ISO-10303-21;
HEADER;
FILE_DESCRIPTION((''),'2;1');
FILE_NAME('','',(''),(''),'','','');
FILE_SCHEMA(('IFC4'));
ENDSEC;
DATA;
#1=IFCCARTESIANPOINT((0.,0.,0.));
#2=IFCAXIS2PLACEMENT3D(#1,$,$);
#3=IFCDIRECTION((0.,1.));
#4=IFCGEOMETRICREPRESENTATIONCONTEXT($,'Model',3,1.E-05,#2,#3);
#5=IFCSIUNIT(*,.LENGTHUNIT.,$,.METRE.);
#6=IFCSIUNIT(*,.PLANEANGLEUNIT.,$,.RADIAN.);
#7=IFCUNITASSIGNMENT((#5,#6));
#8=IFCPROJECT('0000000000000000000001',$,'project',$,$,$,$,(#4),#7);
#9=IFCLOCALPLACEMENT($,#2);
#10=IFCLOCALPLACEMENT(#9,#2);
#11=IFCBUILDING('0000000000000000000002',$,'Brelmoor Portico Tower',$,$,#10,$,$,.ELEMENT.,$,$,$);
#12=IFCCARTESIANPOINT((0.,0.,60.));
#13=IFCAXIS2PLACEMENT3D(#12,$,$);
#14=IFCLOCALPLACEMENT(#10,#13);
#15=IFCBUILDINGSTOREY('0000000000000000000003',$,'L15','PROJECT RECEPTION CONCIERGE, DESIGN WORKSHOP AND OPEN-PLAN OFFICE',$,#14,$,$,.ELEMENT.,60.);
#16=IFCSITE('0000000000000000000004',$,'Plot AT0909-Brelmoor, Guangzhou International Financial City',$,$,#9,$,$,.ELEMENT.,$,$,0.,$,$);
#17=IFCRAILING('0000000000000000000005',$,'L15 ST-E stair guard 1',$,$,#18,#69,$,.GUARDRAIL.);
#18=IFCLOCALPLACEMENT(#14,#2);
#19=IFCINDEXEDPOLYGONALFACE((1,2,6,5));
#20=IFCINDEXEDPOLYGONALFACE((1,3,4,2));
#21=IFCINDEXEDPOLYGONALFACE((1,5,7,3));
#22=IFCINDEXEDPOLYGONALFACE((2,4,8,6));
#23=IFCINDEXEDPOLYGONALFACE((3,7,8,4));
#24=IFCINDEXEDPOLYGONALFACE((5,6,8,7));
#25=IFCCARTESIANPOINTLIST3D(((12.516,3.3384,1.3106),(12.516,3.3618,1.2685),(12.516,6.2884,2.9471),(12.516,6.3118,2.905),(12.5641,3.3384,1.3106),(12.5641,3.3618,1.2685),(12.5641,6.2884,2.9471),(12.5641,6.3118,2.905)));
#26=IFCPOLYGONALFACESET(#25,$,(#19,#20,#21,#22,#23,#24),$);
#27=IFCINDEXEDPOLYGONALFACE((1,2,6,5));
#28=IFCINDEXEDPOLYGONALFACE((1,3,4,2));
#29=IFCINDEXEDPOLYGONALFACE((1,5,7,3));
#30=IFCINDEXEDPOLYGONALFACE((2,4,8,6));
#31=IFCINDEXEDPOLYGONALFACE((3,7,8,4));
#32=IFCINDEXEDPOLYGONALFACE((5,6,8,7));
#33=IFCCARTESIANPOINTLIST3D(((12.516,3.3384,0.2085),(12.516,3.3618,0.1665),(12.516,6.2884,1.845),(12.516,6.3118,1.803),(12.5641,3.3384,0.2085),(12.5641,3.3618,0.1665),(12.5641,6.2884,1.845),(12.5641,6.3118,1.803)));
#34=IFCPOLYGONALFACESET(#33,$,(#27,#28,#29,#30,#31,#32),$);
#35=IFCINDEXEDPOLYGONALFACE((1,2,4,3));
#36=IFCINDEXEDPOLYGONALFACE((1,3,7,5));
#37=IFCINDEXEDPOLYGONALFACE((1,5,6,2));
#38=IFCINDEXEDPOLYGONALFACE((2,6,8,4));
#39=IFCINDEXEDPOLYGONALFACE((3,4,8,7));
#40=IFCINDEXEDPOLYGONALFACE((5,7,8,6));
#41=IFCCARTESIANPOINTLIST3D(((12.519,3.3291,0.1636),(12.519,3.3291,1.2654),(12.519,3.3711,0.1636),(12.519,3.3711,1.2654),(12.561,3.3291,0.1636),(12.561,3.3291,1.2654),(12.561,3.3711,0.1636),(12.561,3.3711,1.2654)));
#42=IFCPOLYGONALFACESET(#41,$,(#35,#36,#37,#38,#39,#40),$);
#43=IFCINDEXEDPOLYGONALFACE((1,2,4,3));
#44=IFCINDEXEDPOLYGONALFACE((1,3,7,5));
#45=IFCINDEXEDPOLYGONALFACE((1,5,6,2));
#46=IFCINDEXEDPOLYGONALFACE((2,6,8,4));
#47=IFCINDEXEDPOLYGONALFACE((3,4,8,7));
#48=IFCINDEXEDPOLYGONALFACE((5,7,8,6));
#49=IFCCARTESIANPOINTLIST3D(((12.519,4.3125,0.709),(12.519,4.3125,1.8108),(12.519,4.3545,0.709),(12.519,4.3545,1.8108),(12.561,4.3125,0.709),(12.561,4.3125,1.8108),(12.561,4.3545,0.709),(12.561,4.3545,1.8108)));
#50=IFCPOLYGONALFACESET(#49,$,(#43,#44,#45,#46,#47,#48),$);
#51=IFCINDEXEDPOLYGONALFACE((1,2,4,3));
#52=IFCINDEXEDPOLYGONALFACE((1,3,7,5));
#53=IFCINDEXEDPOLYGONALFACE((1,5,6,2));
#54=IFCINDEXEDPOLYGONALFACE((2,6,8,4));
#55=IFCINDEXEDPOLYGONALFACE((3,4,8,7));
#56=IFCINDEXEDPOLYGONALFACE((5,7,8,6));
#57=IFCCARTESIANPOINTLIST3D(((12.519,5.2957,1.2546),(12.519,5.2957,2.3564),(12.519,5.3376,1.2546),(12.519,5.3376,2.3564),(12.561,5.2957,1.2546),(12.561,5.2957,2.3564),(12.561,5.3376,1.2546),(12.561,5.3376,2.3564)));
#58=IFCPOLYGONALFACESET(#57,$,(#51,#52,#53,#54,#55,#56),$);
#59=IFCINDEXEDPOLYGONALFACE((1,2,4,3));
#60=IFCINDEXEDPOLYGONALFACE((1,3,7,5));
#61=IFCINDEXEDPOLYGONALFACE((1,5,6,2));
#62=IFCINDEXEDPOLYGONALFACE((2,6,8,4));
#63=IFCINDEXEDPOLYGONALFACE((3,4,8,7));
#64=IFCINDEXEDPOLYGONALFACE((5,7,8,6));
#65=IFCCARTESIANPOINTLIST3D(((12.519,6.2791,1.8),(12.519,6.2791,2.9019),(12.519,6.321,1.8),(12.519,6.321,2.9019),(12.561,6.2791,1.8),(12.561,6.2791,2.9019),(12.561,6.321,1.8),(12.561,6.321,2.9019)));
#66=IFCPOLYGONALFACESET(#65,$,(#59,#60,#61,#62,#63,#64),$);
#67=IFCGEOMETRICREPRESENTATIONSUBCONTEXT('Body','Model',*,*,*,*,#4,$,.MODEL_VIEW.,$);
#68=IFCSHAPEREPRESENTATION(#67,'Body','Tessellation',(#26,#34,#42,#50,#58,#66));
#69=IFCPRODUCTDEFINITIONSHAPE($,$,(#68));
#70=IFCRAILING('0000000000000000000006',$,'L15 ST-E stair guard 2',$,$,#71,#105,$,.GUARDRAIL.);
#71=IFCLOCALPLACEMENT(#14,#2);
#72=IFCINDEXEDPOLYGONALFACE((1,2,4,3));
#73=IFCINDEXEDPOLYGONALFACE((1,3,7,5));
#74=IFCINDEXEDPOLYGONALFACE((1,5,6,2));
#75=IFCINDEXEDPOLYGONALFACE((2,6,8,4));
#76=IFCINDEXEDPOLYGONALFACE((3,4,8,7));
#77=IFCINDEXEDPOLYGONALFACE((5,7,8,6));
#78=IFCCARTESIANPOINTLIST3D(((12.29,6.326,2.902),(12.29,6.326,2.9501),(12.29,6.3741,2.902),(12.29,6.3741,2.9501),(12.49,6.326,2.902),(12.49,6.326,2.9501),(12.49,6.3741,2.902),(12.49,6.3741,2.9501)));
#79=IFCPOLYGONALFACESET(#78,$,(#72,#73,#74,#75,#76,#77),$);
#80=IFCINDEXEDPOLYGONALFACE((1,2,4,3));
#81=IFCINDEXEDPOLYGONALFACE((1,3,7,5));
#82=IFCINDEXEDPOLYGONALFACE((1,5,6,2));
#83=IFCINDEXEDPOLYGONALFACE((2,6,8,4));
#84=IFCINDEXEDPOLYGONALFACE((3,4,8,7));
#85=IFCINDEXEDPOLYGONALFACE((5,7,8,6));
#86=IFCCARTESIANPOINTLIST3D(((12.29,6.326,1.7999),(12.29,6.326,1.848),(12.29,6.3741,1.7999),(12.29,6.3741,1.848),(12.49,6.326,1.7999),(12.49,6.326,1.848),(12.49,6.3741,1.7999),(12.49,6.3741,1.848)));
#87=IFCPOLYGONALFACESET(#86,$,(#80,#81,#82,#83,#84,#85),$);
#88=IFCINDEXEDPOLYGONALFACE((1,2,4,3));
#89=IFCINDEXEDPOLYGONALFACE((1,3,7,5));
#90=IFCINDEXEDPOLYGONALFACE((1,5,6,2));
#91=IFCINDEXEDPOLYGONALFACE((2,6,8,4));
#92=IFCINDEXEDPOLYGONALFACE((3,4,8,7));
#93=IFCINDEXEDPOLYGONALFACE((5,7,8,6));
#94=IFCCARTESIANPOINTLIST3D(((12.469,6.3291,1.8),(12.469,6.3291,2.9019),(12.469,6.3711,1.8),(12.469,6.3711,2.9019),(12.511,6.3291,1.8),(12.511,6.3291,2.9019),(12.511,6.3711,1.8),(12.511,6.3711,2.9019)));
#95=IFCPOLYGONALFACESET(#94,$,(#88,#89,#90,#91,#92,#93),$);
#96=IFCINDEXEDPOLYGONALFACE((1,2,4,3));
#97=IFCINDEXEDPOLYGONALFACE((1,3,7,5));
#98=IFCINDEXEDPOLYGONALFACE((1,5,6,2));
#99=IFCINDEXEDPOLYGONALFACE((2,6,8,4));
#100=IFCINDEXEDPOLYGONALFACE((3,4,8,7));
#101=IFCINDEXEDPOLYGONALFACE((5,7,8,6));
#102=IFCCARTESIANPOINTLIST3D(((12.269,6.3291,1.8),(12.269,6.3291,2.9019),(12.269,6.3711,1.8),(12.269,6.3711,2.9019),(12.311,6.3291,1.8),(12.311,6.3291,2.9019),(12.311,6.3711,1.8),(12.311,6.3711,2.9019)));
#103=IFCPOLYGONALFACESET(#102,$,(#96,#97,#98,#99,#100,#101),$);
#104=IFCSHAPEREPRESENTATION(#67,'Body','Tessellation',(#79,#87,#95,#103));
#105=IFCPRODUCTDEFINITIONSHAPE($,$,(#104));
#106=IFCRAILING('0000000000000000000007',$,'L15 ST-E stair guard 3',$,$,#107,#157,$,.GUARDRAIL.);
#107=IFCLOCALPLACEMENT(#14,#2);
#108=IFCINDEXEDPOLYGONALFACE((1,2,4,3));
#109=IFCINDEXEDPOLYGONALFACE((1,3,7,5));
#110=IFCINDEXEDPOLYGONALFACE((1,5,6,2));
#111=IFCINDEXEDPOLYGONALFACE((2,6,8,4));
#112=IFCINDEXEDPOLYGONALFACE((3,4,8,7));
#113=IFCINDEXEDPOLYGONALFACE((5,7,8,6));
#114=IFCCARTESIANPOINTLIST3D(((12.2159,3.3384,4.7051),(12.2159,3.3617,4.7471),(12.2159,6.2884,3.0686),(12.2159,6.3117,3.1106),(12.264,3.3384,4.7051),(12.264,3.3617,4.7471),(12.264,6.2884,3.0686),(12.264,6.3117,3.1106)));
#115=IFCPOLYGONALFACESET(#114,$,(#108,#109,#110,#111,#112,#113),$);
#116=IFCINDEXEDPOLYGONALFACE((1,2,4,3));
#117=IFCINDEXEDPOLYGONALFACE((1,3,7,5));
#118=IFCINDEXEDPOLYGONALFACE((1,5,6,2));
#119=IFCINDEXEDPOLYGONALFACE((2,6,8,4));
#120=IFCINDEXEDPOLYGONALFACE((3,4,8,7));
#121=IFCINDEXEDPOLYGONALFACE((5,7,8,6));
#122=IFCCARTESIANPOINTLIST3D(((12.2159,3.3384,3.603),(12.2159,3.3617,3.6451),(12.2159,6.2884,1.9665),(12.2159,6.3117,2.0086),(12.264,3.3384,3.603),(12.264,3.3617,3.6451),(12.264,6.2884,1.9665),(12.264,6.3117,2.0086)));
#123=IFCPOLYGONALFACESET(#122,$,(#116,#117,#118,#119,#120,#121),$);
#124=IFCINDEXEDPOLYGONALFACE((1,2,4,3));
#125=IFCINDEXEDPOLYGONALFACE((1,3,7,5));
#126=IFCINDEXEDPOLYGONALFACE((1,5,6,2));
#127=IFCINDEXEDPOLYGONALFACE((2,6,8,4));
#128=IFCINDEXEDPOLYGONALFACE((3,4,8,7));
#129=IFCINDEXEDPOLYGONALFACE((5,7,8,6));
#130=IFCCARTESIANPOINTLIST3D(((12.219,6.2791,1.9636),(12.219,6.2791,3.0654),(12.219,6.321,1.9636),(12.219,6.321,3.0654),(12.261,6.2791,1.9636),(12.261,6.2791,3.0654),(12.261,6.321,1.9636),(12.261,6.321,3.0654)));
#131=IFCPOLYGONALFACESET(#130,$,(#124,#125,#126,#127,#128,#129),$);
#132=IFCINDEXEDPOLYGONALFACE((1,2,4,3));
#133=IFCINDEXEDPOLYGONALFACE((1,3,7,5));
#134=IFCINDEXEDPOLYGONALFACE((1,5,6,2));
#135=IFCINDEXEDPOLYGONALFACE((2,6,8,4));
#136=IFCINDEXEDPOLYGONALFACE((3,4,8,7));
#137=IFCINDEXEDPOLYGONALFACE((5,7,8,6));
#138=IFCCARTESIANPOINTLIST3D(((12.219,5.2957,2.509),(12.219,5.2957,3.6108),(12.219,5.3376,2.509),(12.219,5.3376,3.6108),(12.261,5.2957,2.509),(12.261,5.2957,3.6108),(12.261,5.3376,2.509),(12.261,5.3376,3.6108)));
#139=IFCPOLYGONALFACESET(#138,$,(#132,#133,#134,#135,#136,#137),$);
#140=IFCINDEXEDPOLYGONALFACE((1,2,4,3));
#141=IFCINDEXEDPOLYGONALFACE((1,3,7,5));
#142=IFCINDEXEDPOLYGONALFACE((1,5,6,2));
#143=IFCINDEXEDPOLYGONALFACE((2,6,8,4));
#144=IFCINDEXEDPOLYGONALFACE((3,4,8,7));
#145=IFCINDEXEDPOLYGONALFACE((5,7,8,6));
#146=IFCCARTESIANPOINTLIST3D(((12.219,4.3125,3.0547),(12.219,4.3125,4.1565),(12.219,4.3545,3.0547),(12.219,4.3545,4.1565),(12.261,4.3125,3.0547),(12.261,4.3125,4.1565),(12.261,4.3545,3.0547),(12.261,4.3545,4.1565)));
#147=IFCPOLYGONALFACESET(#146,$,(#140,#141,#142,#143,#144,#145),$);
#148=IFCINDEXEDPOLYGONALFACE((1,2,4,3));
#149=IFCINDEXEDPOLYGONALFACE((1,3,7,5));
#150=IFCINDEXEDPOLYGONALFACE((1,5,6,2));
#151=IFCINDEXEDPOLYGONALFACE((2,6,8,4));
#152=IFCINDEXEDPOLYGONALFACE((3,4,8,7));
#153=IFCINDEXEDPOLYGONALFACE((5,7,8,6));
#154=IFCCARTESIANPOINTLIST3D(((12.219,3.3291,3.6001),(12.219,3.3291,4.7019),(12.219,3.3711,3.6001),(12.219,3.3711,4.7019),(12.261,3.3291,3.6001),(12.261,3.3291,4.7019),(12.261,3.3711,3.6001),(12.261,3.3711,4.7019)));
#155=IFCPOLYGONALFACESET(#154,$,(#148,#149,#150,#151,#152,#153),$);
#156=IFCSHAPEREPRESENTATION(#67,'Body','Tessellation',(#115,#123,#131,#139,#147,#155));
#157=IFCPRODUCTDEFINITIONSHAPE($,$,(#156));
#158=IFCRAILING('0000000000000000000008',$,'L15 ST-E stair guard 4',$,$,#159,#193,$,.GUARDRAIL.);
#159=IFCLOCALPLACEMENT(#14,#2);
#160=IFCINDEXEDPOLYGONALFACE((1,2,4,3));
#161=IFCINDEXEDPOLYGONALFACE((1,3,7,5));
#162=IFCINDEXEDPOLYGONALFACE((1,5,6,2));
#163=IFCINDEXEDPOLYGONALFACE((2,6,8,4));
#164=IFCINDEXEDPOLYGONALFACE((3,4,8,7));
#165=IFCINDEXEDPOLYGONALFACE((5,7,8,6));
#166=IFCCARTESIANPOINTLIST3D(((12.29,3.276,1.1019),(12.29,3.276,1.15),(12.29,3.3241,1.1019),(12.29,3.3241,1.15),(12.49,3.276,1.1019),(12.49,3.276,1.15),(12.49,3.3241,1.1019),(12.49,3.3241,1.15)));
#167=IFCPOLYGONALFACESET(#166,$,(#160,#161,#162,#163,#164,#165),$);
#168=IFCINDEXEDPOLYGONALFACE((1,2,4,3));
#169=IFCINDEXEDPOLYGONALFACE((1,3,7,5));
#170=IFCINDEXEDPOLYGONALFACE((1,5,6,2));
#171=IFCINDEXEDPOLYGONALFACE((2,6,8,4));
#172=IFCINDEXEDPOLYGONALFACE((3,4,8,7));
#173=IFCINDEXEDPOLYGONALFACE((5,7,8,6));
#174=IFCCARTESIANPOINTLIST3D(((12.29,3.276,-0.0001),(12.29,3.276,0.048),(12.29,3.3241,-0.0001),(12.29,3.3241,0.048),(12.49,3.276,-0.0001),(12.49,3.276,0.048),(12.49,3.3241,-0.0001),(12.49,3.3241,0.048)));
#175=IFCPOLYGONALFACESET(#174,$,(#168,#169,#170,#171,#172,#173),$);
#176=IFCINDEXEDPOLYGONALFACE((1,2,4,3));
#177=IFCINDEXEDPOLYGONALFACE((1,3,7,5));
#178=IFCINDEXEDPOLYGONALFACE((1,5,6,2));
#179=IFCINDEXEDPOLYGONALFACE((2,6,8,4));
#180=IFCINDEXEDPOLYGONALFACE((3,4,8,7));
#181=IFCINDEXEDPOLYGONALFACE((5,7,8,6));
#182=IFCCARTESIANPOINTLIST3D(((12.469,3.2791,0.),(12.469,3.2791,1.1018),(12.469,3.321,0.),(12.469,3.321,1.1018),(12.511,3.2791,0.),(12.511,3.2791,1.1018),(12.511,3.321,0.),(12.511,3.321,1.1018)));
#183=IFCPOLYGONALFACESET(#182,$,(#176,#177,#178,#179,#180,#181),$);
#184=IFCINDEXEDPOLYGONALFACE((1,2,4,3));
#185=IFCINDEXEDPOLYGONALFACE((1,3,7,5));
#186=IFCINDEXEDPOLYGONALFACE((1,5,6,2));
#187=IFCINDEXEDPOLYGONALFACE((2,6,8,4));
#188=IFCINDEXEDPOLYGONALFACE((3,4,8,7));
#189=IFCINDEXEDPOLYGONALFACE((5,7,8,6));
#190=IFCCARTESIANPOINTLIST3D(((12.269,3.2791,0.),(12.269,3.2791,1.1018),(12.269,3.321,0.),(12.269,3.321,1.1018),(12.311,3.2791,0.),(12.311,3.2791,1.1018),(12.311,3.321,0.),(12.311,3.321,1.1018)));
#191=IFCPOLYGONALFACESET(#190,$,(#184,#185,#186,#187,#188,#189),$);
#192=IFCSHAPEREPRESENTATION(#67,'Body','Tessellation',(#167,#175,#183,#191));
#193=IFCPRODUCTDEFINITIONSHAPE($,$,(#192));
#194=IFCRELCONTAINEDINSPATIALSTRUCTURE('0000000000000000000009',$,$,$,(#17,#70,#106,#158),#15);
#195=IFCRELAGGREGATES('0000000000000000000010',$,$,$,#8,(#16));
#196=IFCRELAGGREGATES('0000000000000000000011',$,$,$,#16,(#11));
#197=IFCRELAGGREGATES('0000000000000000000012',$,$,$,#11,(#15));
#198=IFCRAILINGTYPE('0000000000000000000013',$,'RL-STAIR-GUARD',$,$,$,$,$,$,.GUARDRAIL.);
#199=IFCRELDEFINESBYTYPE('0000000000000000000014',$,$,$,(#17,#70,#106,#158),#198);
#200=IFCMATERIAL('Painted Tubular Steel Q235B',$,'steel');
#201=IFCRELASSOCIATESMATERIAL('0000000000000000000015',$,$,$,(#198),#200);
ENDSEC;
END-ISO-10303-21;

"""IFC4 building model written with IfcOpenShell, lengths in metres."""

from ifc_helpers import new_model, si_unit, direction, frame, origin, origin_2d, place, context, subcontext, project, spatial, rectangle, extrude, material, type_object, element, save


model = new_model("IFC4")

# Units and contexts
model_context = context("Model", 3, precision=1e-05, world=origin(), true_north=direction((0.0, 1.0)))
body_context = subcontext(model_context, "Body", "Model", "MODEL_VIEW")
ifc_project = project(units=[si_unit("LENGTHUNIT", "METRE"), si_unit("PLANEANGLEUNIT", "RADIAN")], contexts=[model_context])

# Site, building, storey
site_placement = place(None, origin())
site = spatial("IfcSite", under=ifc_project, at=site_placement, Name="Plot AT0909-Brelmoor, Guangzhou International Financial City", CompositionType="ELEMENT", RefElevation=0.0)
building_placement = place(site_placement, origin())
building = spatial("IfcBuilding", under=site, at=building_placement, Name="Brelmoor Portico Tower", CompositionType="ELEMENT")
storey_placement = place(building_placement, frame((0.0, 0.0, 60.0)))
storey = spatial("IfcBuildingStorey", under=building, at=storey_placement, Name="L15", Description="PROJECT RECEPTION CONCIERGE, DESIGN WORKSHOP AND OPEN-PLAN OFFICE", CompositionType="ELEMENT", Elevation=60.0)

# Railings
ifc_material_1 = material(Name="Painted Tubular Steel Q235B", Category="steel")
railing_type_1 = type_object("IfcRailingType", Name="RL-STAIR-GUARD", PredefinedType="GUARDRAIL", material=ifc_material_1)
railing_1_placement = place(storey_placement, frame((12.54, 3.3501, 0.1636)))
element("IfcRailing", 1, at=railing_1_placement, inside=storey, type_object=railing_type_1, Name="L15 ST-E stair guard 1", PredefinedType="GUARDRAIL", context=body_context, shape_type="SweptSolid", body=[
    extrude(rectangle(XDim=0.0481, YDim=0.0481, at=origin_2d()), frame((0.0, 0.0, 1.126), z_axis=(0.0, 0.874458, 0.485102), x_axis=(-1.0, 0.0, 0.0)), (0.0, 0.0, 1.0), 3.3735),
    extrude(rectangle(XDim=0.0481, YDim=0.0481, at=origin_2d()), frame((0.0, 0.0, 0.0239), z_axis=(0.0, 0.874458, 0.485102), x_axis=(-1.0, 0.0, 0.0)), (0.0, 0.0, 1.0), 3.3735),
    extrude(rectangle(XDim=0.042, YDim=0.042, at=origin_2d()), origin(), (0.0, 0.0, 1.0), 1.1018),
    extrude(rectangle(XDim=0.042, YDim=0.042, at=origin_2d()), frame((0.0, 0.9834, 0.5454)), (0.0, 0.0, 1.0), 1.1018),
    extrude(rectangle(XDim=0.042, YDim=0.042, at=origin_2d()), frame((0.0, 1.9666, 1.0911)), (0.0, 0.0, 1.0), 1.1018),
    extrude(rectangle(XDim=0.042, YDim=0.042, at=origin_2d()), frame((0.0, 2.95, 1.6365)), (0.0, 0.0, 1.0), 1.1018),
])
railing_2_placement = place(storey_placement, frame((12.49, 6.3501, 1.8)))
element("IfcRailing", 2, at=railing_2_placement, inside=storey, type_object=railing_type_1, Name="L15 ST-E stair guard 2", PredefinedType="GUARDRAIL", context=body_context, shape_type="SweptSolid", body=[
    extrude(rectangle(XDim=0.0481, YDim=0.0481, at=origin_2d()), frame((0.0, 0.0, 1.126), z_axis=(-1.0, 0.0, 0.0), x_axis=(0.0, -1.0, 0.0)), (0.0, 0.0, 1.0), 0.2),
    extrude(rectangle(XDim=0.0481, YDim=0.0481, at=origin_2d()), frame((0.0, 0.0, 0.0239), z_axis=(-1.0, 0.0, 0.0), x_axis=(0.0, -1.0, 0.0)), (0.0, 0.0, 1.0), 0.2),
    extrude(rectangle(XDim=0.042, YDim=0.042, at=origin_2d()), origin(), (0.0, 0.0, 1.0), 1.1018),
    extrude(rectangle(XDim=0.042, YDim=0.042, at=origin_2d()), frame((-0.2, 0.0, 0.0)), (0.0, 0.0, 1.0), 1.1018),
])
railing_3_placement = place(storey_placement, frame((12.24, 6.3, 1.9636)))
element("IfcRailing", 3, at=railing_3_placement, inside=storey, type_object=railing_type_1, Name="L15 ST-E stair guard 3", PredefinedType="GUARDRAIL", context=body_context, shape_type="SweptSolid", body=[
    extrude(rectangle(XDim=0.0481, YDim=0.0481, at=origin_2d()), frame((0.0, 0.0, 1.126), z_axis=(0.0, -0.874458, 0.485102), x_axis=(1.0, 0.0, 0.0)), (0.0, 0.0, 1.0), 3.3735),
    extrude(rectangle(XDim=0.0481, YDim=0.0481, at=origin_2d()), frame((0.0, 0.0, 0.0239), z_axis=(0.0, -0.874458, 0.485102), x_axis=(1.0, 0.0, 0.0)), (0.0, 0.0, 1.0), 3.3735),
    extrude(rectangle(XDim=0.042, YDim=0.042, at=origin_2d()), origin(), (0.0, 0.0, 1.0), 1.1018),
    extrude(rectangle(XDim=0.042, YDim=0.042, at=origin_2d()), frame((0.0, -0.9834, 0.5454)), (0.0, 0.0, 1.0), 1.1018),
    extrude(rectangle(XDim=0.042, YDim=0.042, at=origin_2d()), frame((0.0, -1.9666, 1.0911)), (0.0, 0.0, 1.0), 1.1018),
    extrude(rectangle(XDim=0.042, YDim=0.042, at=origin_2d()), frame((0.0, -2.95, 1.6365)), (0.0, 0.0, 1.0), 1.1018),
])
railing_4_placement = place(storey_placement, frame((12.49, 3.3, 0.0)))
element("IfcRailing", 4, at=railing_4_placement, inside=storey, type_object=railing_type_1, Name="L15 ST-E stair guard 4", PredefinedType="GUARDRAIL", context=body_context, shape_type="SweptSolid", body=[
    extrude(rectangle(XDim=0.0481, YDim=0.0481, at=origin_2d()), frame((0.0, 0.0, 1.126), z_axis=(-1.0, 0.0, 0.0), x_axis=(0.0, -1.0, 0.0)), (0.0, 0.0, 1.0), 0.2),
    extrude(rectangle(XDim=0.0481, YDim=0.0481, at=origin_2d()), frame((0.0, 0.0, 0.0239), z_axis=(-1.0, 0.0, 0.0), x_axis=(0.0, -1.0, 0.0)), (0.0, 0.0, 1.0), 0.2),
    extrude(rectangle(XDim=0.042, YDim=0.042, at=origin_2d()), origin(), (0.0, 0.0, 1.0), 1.1018),
    extrude(rectangle(XDim=0.042, YDim=0.042, at=origin_2d()), frame((-0.2, 0.0, 0.0)), (0.0, 0.0, 1.0), 1.1018),
])

save(model, "model.ifc")
